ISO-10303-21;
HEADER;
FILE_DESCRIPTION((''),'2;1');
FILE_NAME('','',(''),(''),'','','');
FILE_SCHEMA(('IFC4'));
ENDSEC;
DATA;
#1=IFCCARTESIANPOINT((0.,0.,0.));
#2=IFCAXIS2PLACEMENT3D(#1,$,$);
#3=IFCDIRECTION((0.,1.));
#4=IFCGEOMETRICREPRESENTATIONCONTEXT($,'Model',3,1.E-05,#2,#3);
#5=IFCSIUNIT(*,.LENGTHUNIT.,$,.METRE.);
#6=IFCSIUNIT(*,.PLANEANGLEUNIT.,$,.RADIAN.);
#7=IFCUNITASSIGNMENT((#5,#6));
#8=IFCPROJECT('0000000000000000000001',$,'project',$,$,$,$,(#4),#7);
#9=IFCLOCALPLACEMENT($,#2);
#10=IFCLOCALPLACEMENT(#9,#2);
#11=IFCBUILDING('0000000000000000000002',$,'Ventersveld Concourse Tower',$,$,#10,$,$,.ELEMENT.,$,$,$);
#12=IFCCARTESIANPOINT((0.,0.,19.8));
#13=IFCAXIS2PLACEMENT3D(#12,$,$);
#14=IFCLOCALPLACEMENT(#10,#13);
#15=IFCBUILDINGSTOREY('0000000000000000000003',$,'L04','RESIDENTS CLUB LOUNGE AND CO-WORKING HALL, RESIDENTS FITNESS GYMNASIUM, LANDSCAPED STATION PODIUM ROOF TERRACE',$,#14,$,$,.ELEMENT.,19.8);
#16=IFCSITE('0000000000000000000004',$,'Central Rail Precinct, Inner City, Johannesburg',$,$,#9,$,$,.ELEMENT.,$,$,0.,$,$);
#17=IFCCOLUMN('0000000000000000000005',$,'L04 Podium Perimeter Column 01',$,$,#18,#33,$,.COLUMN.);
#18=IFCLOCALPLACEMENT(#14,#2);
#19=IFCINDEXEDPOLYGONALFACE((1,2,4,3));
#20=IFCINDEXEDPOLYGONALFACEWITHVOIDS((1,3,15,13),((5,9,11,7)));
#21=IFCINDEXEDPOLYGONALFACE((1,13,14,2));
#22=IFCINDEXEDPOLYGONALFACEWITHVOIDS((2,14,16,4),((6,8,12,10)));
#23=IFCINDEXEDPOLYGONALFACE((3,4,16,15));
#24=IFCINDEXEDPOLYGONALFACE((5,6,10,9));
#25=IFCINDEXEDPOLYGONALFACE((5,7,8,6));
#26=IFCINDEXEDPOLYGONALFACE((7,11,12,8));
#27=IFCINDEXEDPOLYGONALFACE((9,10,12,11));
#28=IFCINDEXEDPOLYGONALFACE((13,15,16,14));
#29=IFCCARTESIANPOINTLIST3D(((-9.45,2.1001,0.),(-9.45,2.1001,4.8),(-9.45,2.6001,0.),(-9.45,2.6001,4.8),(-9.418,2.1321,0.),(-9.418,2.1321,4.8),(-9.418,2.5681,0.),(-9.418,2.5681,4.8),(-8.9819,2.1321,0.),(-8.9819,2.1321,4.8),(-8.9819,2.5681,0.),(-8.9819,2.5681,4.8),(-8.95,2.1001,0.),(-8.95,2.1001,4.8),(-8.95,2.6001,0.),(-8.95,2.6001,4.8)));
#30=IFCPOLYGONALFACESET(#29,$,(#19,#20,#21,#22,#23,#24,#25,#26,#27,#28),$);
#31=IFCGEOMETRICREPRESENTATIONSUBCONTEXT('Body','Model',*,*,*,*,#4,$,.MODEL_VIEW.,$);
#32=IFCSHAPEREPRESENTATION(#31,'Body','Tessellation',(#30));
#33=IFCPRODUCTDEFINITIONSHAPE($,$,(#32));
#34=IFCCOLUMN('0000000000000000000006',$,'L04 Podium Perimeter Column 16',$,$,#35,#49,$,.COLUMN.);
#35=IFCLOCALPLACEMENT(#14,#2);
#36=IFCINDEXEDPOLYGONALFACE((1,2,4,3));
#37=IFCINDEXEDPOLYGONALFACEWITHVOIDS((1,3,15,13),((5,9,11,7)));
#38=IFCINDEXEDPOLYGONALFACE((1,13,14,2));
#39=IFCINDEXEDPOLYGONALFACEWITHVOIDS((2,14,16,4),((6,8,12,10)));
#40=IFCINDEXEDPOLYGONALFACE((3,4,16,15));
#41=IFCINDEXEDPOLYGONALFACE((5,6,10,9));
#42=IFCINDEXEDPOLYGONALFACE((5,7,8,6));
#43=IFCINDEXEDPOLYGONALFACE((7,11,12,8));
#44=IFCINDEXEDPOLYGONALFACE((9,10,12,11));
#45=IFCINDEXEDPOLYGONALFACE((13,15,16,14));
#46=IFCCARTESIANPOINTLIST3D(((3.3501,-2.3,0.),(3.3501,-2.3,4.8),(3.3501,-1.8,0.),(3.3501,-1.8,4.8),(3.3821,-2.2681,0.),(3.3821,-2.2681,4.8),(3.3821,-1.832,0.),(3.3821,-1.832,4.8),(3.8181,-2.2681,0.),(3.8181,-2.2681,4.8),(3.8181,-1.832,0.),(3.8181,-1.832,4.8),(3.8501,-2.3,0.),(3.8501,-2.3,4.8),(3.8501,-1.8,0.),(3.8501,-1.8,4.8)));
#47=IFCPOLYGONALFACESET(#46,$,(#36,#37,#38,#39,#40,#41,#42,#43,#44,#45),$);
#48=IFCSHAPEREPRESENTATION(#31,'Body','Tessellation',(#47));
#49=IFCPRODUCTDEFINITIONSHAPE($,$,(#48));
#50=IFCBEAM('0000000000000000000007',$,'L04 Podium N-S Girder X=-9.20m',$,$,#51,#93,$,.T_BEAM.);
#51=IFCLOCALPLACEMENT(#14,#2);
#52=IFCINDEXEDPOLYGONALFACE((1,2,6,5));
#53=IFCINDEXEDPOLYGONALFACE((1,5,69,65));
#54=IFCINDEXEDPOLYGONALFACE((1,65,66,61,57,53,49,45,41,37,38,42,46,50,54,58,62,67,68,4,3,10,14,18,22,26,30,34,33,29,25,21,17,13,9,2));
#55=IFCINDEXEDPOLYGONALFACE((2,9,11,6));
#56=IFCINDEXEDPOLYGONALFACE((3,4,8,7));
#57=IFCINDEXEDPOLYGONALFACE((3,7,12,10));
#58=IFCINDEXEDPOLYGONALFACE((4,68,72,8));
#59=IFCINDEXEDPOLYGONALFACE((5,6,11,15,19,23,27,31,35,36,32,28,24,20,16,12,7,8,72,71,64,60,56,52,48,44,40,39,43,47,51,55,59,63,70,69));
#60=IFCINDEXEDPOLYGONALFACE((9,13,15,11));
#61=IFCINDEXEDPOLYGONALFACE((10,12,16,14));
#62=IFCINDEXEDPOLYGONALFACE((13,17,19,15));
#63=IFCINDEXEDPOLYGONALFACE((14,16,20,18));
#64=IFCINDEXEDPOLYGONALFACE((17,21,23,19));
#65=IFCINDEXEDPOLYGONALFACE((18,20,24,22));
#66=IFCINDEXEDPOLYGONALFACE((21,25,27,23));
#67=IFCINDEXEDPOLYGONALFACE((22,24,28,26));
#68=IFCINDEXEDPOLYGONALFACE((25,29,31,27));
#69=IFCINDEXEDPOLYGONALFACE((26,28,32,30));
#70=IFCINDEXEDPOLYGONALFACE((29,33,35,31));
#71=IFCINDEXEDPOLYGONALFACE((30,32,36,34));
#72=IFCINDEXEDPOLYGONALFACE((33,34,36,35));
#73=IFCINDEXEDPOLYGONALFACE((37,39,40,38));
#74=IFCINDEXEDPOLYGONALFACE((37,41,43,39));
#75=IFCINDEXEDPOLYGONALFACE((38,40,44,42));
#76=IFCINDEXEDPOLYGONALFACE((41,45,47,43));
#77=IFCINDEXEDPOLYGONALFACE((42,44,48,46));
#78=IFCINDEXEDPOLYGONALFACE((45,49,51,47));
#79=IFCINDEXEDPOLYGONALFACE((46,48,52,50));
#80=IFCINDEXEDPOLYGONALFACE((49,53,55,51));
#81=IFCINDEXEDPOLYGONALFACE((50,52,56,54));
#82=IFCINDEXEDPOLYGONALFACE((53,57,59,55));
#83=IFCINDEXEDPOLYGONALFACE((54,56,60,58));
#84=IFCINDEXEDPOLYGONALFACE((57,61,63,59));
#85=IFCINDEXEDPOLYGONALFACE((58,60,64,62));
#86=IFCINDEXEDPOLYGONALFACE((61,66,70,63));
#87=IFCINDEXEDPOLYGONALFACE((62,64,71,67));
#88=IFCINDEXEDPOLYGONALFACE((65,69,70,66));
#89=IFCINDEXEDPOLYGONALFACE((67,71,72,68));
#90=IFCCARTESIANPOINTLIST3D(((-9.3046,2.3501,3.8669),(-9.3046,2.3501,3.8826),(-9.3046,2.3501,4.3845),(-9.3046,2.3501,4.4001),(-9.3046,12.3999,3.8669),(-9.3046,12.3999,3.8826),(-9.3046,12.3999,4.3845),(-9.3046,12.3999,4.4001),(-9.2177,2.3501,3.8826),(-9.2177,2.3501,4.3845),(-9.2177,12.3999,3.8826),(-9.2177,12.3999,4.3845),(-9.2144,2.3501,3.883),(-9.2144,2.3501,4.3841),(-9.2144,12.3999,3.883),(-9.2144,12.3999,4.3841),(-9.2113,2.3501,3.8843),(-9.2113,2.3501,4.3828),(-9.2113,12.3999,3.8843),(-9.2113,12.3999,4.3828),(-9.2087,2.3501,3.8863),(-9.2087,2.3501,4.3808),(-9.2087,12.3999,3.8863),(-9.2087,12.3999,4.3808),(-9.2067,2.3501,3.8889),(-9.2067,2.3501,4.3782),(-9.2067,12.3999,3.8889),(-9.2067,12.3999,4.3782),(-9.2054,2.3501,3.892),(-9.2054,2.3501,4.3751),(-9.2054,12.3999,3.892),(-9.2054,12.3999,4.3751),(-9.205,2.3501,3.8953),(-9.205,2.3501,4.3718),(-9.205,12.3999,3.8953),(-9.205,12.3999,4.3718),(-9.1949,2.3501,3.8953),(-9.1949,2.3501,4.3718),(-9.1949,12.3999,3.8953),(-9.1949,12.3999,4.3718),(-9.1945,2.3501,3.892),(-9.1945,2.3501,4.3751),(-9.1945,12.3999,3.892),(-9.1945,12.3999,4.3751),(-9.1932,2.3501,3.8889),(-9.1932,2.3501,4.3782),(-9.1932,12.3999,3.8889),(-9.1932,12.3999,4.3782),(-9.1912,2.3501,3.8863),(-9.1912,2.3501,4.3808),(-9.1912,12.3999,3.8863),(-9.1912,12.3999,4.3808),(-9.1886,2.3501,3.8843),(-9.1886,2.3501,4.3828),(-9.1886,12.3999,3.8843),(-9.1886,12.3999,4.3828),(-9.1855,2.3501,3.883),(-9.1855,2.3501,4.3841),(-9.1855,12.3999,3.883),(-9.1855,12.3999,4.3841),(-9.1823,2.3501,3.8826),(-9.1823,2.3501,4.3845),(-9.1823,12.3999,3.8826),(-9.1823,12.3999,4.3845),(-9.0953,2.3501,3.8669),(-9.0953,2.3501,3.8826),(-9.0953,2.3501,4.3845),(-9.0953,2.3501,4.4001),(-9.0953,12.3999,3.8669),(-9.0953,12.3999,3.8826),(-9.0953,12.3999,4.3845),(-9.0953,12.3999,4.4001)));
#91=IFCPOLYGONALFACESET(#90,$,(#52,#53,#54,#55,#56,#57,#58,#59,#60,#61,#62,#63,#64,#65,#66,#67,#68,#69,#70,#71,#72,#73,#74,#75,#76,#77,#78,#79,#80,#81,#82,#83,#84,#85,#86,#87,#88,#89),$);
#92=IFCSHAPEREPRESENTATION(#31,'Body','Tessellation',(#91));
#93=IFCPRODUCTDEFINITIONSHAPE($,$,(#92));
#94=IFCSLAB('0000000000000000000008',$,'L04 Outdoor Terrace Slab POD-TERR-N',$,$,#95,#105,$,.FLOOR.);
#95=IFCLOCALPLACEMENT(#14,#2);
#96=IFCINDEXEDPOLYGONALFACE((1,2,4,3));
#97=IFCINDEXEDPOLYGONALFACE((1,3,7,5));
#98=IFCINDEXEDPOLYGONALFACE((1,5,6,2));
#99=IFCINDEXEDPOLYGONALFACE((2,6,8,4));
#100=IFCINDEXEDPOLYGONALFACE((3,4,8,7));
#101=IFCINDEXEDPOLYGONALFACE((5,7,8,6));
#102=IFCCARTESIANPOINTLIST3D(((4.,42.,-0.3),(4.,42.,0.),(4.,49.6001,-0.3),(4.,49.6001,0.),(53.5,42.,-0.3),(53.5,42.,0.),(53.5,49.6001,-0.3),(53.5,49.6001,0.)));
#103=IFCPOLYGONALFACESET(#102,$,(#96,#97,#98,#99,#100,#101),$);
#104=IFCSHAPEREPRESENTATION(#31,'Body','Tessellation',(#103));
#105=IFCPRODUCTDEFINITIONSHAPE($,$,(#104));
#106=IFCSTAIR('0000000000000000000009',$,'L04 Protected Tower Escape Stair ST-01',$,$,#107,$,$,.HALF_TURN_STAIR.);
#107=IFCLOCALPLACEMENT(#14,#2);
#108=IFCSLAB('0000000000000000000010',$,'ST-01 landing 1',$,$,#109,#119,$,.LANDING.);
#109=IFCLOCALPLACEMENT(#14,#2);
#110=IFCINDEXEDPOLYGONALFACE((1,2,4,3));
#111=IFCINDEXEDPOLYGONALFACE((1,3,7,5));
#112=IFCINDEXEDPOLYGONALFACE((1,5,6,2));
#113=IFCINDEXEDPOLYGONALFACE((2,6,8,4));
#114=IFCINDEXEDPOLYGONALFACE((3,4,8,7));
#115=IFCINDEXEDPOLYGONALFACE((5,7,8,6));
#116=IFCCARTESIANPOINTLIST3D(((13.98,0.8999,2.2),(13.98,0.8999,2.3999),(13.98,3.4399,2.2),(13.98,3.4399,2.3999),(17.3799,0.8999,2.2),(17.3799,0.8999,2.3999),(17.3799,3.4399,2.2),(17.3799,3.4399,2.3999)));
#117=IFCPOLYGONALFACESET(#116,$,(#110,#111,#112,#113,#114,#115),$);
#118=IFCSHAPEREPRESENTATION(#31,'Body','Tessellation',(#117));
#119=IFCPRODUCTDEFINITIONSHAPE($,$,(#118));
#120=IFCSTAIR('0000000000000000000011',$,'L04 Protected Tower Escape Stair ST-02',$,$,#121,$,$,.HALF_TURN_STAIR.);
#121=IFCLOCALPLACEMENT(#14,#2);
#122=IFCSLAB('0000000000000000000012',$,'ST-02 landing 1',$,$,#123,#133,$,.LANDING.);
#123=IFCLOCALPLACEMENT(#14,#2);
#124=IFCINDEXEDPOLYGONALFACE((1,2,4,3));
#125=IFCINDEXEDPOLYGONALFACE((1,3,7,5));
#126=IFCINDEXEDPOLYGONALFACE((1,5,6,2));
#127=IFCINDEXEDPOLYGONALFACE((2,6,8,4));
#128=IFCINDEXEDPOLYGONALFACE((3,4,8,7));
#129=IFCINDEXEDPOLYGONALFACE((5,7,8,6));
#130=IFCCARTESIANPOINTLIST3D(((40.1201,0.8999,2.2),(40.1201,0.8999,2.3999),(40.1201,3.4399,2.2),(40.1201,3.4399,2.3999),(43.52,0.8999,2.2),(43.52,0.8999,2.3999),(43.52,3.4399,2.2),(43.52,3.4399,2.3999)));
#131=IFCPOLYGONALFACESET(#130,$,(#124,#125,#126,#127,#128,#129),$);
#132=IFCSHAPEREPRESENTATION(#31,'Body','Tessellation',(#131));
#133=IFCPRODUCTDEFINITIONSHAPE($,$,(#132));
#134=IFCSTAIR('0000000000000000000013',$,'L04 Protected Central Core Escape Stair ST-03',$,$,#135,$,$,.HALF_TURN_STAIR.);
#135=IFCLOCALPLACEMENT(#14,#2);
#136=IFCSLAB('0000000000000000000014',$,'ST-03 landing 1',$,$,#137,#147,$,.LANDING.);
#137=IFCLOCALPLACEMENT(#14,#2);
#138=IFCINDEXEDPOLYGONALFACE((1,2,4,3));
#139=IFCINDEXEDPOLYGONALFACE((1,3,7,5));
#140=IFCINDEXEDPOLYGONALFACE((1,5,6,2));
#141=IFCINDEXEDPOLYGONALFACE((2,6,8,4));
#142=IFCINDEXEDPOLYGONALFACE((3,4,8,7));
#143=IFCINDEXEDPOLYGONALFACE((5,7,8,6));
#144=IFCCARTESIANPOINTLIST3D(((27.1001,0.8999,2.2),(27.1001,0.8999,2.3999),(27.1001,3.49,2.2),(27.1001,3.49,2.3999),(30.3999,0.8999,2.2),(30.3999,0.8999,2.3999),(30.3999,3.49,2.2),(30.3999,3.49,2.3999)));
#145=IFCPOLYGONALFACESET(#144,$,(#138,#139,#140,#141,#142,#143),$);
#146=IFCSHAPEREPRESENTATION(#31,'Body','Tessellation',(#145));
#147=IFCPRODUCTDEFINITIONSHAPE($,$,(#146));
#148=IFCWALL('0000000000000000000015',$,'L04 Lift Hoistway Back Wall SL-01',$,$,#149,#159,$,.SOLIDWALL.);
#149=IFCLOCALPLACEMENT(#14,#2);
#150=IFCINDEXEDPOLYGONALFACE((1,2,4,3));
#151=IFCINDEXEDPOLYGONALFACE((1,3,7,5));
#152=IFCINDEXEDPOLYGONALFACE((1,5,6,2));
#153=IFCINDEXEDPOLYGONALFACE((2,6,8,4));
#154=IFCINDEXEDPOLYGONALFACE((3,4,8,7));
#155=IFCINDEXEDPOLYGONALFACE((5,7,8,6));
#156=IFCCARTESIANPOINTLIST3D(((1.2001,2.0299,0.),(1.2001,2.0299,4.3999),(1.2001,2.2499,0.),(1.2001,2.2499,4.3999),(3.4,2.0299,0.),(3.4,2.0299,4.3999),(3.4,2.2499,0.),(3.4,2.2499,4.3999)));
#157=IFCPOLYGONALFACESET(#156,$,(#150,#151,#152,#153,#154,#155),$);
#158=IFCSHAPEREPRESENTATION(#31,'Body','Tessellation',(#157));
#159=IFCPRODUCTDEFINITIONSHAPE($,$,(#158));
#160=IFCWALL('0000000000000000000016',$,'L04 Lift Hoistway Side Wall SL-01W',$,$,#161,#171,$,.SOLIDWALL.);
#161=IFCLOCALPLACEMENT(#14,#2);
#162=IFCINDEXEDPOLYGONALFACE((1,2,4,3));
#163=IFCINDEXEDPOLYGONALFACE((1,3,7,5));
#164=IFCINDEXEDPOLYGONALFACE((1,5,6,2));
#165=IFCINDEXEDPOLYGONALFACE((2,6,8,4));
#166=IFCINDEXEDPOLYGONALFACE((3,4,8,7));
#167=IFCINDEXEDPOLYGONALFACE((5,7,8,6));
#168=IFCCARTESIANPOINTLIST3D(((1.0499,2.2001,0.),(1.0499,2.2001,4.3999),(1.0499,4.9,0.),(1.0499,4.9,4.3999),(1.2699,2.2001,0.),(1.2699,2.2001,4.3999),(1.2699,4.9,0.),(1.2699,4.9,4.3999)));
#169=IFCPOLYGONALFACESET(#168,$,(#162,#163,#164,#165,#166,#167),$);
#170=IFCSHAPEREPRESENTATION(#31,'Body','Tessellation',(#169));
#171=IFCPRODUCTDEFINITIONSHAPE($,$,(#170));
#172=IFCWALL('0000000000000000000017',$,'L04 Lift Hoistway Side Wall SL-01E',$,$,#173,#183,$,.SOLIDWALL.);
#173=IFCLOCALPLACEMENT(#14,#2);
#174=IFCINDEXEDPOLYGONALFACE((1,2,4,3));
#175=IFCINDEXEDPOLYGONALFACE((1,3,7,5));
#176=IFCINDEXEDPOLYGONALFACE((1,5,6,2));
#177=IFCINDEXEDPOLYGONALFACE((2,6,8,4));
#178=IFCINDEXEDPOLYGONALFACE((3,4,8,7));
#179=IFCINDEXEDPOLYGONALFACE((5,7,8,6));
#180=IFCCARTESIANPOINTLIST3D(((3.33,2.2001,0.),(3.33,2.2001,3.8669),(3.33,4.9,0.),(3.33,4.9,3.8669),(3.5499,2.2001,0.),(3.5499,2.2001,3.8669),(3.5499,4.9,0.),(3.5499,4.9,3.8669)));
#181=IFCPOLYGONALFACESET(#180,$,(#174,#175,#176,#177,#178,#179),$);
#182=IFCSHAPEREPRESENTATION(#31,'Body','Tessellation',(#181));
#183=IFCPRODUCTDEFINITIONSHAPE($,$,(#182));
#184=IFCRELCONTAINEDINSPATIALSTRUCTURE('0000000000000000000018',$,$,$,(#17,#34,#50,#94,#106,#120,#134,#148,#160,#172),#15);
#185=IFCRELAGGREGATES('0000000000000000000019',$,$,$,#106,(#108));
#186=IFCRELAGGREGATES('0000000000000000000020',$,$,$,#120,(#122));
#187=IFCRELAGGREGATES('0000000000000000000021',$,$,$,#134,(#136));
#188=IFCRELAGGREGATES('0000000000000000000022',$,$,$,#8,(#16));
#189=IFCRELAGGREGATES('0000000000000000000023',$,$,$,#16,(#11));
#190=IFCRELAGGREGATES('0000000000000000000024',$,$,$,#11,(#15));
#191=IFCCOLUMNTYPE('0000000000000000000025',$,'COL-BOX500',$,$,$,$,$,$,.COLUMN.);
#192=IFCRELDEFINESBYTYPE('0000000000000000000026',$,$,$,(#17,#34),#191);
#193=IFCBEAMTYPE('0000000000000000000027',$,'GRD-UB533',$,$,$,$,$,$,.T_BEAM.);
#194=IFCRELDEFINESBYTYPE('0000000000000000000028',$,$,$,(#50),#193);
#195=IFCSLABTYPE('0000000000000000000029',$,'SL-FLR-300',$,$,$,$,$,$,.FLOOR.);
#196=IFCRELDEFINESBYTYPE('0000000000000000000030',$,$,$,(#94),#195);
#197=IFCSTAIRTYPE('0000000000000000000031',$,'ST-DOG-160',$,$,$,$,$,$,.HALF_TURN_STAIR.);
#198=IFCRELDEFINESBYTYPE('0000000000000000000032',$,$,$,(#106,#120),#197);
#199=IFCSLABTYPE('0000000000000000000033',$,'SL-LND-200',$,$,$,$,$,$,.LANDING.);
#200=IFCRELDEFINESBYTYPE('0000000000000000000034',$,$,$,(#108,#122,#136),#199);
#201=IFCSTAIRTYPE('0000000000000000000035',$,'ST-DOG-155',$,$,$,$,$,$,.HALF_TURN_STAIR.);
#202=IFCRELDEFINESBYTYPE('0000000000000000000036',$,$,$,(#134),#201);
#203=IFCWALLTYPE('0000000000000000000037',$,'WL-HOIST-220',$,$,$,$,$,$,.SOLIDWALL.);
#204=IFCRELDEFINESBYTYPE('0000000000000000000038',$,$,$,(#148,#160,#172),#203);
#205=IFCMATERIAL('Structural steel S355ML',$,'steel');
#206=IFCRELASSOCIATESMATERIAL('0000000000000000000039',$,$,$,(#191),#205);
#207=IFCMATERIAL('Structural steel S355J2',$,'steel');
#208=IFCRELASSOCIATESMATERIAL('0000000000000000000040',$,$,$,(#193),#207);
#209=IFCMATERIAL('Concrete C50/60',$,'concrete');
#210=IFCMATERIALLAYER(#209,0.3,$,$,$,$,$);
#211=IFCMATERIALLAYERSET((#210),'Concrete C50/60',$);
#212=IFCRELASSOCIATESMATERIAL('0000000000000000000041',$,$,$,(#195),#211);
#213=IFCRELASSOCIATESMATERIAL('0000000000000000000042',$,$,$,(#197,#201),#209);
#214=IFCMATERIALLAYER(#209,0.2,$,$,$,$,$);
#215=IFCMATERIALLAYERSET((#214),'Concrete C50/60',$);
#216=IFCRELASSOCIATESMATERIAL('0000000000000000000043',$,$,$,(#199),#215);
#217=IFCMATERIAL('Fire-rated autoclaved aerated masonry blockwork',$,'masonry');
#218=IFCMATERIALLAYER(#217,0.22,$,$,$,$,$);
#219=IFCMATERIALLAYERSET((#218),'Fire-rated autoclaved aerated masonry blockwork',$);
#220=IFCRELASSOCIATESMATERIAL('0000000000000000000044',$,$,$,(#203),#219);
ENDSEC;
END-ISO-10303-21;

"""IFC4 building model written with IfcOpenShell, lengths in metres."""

from ifc_helpers import new_model, si_unit, direction, frame, frame_2d, origin, origin_2d, place, context, subcontext, project, spatial, polyline, rectangle, hollow_rectangle, i_section, outline, extrude, material, layer, layer_set, material_profile, profile_set, type_object, element, aggregate, save


model = new_model("IFC4")

# Units and contexts
model_context = context("Model", 3, precision=1e-05, world=origin(), true_north=direction((0.0, 1.0)))
body_context = subcontext(model_context, "Body", "Model", "MODEL_VIEW")
ifc_project = project(units=[si_unit("LENGTHUNIT", "METRE"), si_unit("PLANEANGLEUNIT", "RADIAN")], contexts=[model_context])

# Site, building, storey
site_placement = place(None, origin())
site = spatial("IfcSite", under=ifc_project, at=site_placement, Name="Central Rail Precinct, Inner City, Johannesburg", CompositionType="ELEMENT", RefElevation=0.0)
building_placement = place(site_placement, origin())
building = spatial("IfcBuilding", under=site, at=building_placement, Name="Ventersveld Concourse Tower", CompositionType="ELEMENT")
storey_placement = place(building_placement, frame((0.0, 0.0, 19.8)))
storey = spatial("IfcBuildingStorey", under=building, at=storey_placement, Name="L04", Description="RESIDENTS CLUB LOUNGE AND CO-WORKING HALL, RESIDENTS FITNESS GYMNASIUM, LANDSCAPED STATION PODIUM ROOF TERRACE", CompositionType="ELEMENT", Elevation=19.8)

# Columns
ifc_material_1 = material(Name="Structural steel S355ML", Category="steel")
ifc_material_profile_1 = material_profile(ifc_material_1, hollow_rectangle(XDim=0.5, YDim=0.5, WallThickness=0.032, at=origin_2d()), Name="BOX 500x500x32")
ifc_profile_set_1 = profile_set([ifc_material_profile_1], Name="Structural steel S355ML")
column_type = type_object("IfcColumnType", Name="COL-BOX500", PredefinedType="COLUMN", material=ifc_profile_set_1)
for number, where, z_axis, x_axis, name in (
    (1, (-9.2, 2.3501, 0.0), (0.0, 0.0, 1.0), (1.0, 0.0, 0.0), "L04 Podium Perimeter Column 01"),
    (2, (3.6001, -2.05, 0.0), (0.0, 0.0, 1.0), (1.0, 0.0, 0.0), "L04 Podium Perimeter Column 16"),
):
    element("IfcColumn", number, at=place(storey_placement, frame(where, z_axis=z_axis, x_axis=x_axis)), inside=storey, type_object=column_type, Name=name, PredefinedType="COLUMN", context=body_context, shape_type="SweptSolid", body=[
        extrude(hollow_rectangle(XDim=0.5, YDim=0.5, WallThickness=0.032, at=origin_2d()), origin(), (0.0, 0.0, 1.0), 4.8),
    ])

# Beam
ifc_material_2 = material(Name="Structural steel S355J2", Category="steel")
ifc_material_profile_2 = material_profile(ifc_material_2, i_section(OverallWidth=0.2092, OverallDepth=0.5332, WebThickness=0.01, FlangeThickness=0.0156, FilletRadius=0.0127, at=origin_2d()), Name="UB 533x210x92")
ifc_profile_set_2 = profile_set([ifc_material_profile_2], Name="Structural steel S355J2")
beam_type = type_object("IfcBeamType", Name="GRD-UB533", PredefinedType="T_BEAM", material=ifc_profile_set_2)
beam_placement = place(storey_placement, frame((-9.2, 2.3501, 4.1335), z_axis=(0.0, 1.0, 0.0), x_axis=(-1.0, 0.0, 0.0)))
element("IfcBeam", 3, at=beam_placement, inside=storey, type_object=beam_type, Name="L04 Podium N-S Girder X=-9.20m", PredefinedType="T_BEAM", context=body_context, shape_type="SweptSolid", body=[
    extrude(i_section(OverallWidth=0.2092, OverallDepth=0.5332, WebThickness=0.01, FlangeThickness=0.0156, FilletRadius=0.0127, at=origin_2d()), origin(), (0.0, 0.0, 1.0), 10.0498),
])

# Shared definitions
ifc_material_3 = material(Name="Concrete C50/60", Category="concrete")
ifc_layer_1 = layer(ifc_material_3, 0.3)
ifc_layer_set_1 = layer_set([ifc_layer_1], Name="Concrete C50/60")
slab_type_1 = type_object("IfcSlabType", Name="SL-FLR-300", PredefinedType="FLOOR", material=ifc_layer_set_1)

# Slab
slab_1_placement = place(storey_placement, frame((0.0, 0.0, -0.3)))
element("IfcSlab", 4, at=slab_1_placement, inside=storey, type_object=slab_type_1, Name="L04 Outdoor Terrace Slab POD-TERR-N", PredefinedType="FLOOR", context=body_context, shape_type="SweptSolid", body=[
    extrude(outline(polyline([(4.0, 42.0), (53.5, 42.0), (53.5, 49.6001), (4.0, 49.6001), (4.0, 42.0)])), origin(), (0.0, 0.0, 1.0), 0.3),
])

# Stairs, slabs
stair_type_1 = type_object("IfcStairType", Name="ST-DOG-160", PredefinedType="HALF_TURN_STAIR", material=ifc_material_3)
stair_1_placement = place(storey_placement, origin())
stair_1 = element("IfcStair", 5, at=stair_1_placement, inside=storey, type_object=stair_type_1, Name="L04 Protected Tower Escape Stair ST-01", PredefinedType="HALF_TURN_STAIR")
ifc_layer_2 = layer(ifc_material_3, 0.2)
ifc_layer_set_2 = layer_set([ifc_layer_2], Name="Concrete C50/60")
slab_type_2 = type_object("IfcSlabType", Name="SL-LND-200", PredefinedType="LANDING", material=ifc_layer_set_2)
slab_2_placement = place(storey_placement, frame((0.0, 0.0, 2.2)))
slab_2 = element("IfcSlab", 6, at=slab_2_placement, type_object=slab_type_2, Name="ST-01 landing 1", PredefinedType="LANDING", context=body_context, shape_type="SweptSolid", body=[
    extrude(outline(polyline([(13.98, 3.4399), (13.98, 0.8999), (17.3799, 0.8999), (17.3799, 3.4399), (13.98, 3.4399)])), origin(), (0.0, 0.0, 1.0), 0.2),
])
aggregate(stair_1, [slab_2])
stair_2_placement = place(storey_placement, origin())
stair_2 = element("IfcStair", 7, at=stair_2_placement, inside=storey, type_object=stair_type_1, Name="L04 Protected Tower Escape Stair ST-02", PredefinedType="HALF_TURN_STAIR")
slab_3_placement = place(storey_placement, frame((0.0, 0.0, 2.2)))
slab_3 = element("IfcSlab", 8, at=slab_3_placement, type_object=slab_type_2, Name="ST-02 landing 1", PredefinedType="LANDING", context=body_context, shape_type="SweptSolid", body=[
    extrude(outline(polyline([(40.1201, 3.4399), (40.1201, 0.8999), (43.52, 0.8999), (43.52, 3.4399), (40.1201, 3.4399)])), origin(), (0.0, 0.0, 1.0), 0.2),
])
aggregate(stair_2, [slab_3])
stair_type_2 = type_object("IfcStairType", Name="ST-DOG-155", PredefinedType="HALF_TURN_STAIR", material=ifc_material_3)
stair_3_placement = place(storey_placement, origin())
stair_3 = element("IfcStair", 9, at=stair_3_placement, inside=storey, type_object=stair_type_2, Name="L04 Protected Central Core Escape Stair ST-03", PredefinedType="HALF_TURN_STAIR")
slab_4_placement = place(storey_placement, frame((0.0, 0.0, 2.2)))
slab_4 = element("IfcSlab", 10, at=slab_4_placement, type_object=slab_type_2, Name="ST-03 landing 1", PredefinedType="LANDING", context=body_context, shape_type="SweptSolid", body=[
    extrude(outline(polyline([(27.1001, 3.49), (27.1001, 0.8999), (30.3999, 0.8999), (30.3999, 3.49), (27.1001, 3.49)])), origin(), (0.0, 0.0, 1.0), 0.2),
])
aggregate(stair_3, [slab_4])

# Walls
ifc_material_4 = material(Name="Fire-rated autoclaved aerated masonry blockwork", Category="masonry")
ifc_layer_3 = layer(ifc_material_4, 0.22)
ifc_layer_set_3 = layer_set([ifc_layer_3], Name="Fire-rated autoclaved aerated masonry blockwork")
wall_type_1 = type_object("IfcWallType", Name="WL-HOIST-220", PredefinedType="SOLIDWALL", material=ifc_layer_set_3)
wall_1_placement = place(storey_placement, frame((1.2, 2.1399, 0.0), z_axis=(0.0, 0.0, 1.0), x_axis=(1.0, 0.0, 0.0)))
element("IfcWall", 11, at=wall_1_placement, inside=storey, type_object=wall_type_1, Name="L04 Lift Hoistway Back Wall SL-01", PredefinedType="SOLIDWALL", context=body_context, shape_type="SweptSolid", body=[
    extrude(rectangle(XDim=2.2, YDim=0.22, at=frame_2d((1.1001, 0.0))), origin(), (0.0, 0.0, 1.0), 4.3999),
])
wall_2_placement = place(storey_placement, frame((1.1599, 2.2, 0.0), z_axis=(0.0, 0.0, 1.0), x_axis=(0.0, 1.0, 0.0)))
element("IfcWall", 12, at=wall_2_placement, inside=storey, type_object=wall_type_1, Name="L04 Lift Hoistway Side Wall SL-01W", PredefinedType="SOLIDWALL", context=body_context, shape_type="SweptSolid", body=[
    extrude(rectangle(XDim=2.7, YDim=0.22, at=frame_2d((1.3501, 0.0))), origin(), (0.0, 0.0, 1.0), 4.3999),
])
wall_3_placement = place(storey_placement, frame((3.4399, 2.2, 0.0), z_axis=(0.0, 0.0, 1.0), x_axis=(0.0, 1.0, 0.0)))
element("IfcWall", 13, at=wall_3_placement, inside=storey, type_object=wall_type_1, Name="L04 Lift Hoistway Side Wall SL-01E", PredefinedType="SOLIDWALL", context=body_context, shape_type="SweptSolid", body=[
    extrude(rectangle(XDim=2.7, YDim=0.22, at=frame_2d((1.3501, 0.0))), origin(), (0.0, 0.0, 1.0), 3.8669),
])

save(model, "model.ifc")
